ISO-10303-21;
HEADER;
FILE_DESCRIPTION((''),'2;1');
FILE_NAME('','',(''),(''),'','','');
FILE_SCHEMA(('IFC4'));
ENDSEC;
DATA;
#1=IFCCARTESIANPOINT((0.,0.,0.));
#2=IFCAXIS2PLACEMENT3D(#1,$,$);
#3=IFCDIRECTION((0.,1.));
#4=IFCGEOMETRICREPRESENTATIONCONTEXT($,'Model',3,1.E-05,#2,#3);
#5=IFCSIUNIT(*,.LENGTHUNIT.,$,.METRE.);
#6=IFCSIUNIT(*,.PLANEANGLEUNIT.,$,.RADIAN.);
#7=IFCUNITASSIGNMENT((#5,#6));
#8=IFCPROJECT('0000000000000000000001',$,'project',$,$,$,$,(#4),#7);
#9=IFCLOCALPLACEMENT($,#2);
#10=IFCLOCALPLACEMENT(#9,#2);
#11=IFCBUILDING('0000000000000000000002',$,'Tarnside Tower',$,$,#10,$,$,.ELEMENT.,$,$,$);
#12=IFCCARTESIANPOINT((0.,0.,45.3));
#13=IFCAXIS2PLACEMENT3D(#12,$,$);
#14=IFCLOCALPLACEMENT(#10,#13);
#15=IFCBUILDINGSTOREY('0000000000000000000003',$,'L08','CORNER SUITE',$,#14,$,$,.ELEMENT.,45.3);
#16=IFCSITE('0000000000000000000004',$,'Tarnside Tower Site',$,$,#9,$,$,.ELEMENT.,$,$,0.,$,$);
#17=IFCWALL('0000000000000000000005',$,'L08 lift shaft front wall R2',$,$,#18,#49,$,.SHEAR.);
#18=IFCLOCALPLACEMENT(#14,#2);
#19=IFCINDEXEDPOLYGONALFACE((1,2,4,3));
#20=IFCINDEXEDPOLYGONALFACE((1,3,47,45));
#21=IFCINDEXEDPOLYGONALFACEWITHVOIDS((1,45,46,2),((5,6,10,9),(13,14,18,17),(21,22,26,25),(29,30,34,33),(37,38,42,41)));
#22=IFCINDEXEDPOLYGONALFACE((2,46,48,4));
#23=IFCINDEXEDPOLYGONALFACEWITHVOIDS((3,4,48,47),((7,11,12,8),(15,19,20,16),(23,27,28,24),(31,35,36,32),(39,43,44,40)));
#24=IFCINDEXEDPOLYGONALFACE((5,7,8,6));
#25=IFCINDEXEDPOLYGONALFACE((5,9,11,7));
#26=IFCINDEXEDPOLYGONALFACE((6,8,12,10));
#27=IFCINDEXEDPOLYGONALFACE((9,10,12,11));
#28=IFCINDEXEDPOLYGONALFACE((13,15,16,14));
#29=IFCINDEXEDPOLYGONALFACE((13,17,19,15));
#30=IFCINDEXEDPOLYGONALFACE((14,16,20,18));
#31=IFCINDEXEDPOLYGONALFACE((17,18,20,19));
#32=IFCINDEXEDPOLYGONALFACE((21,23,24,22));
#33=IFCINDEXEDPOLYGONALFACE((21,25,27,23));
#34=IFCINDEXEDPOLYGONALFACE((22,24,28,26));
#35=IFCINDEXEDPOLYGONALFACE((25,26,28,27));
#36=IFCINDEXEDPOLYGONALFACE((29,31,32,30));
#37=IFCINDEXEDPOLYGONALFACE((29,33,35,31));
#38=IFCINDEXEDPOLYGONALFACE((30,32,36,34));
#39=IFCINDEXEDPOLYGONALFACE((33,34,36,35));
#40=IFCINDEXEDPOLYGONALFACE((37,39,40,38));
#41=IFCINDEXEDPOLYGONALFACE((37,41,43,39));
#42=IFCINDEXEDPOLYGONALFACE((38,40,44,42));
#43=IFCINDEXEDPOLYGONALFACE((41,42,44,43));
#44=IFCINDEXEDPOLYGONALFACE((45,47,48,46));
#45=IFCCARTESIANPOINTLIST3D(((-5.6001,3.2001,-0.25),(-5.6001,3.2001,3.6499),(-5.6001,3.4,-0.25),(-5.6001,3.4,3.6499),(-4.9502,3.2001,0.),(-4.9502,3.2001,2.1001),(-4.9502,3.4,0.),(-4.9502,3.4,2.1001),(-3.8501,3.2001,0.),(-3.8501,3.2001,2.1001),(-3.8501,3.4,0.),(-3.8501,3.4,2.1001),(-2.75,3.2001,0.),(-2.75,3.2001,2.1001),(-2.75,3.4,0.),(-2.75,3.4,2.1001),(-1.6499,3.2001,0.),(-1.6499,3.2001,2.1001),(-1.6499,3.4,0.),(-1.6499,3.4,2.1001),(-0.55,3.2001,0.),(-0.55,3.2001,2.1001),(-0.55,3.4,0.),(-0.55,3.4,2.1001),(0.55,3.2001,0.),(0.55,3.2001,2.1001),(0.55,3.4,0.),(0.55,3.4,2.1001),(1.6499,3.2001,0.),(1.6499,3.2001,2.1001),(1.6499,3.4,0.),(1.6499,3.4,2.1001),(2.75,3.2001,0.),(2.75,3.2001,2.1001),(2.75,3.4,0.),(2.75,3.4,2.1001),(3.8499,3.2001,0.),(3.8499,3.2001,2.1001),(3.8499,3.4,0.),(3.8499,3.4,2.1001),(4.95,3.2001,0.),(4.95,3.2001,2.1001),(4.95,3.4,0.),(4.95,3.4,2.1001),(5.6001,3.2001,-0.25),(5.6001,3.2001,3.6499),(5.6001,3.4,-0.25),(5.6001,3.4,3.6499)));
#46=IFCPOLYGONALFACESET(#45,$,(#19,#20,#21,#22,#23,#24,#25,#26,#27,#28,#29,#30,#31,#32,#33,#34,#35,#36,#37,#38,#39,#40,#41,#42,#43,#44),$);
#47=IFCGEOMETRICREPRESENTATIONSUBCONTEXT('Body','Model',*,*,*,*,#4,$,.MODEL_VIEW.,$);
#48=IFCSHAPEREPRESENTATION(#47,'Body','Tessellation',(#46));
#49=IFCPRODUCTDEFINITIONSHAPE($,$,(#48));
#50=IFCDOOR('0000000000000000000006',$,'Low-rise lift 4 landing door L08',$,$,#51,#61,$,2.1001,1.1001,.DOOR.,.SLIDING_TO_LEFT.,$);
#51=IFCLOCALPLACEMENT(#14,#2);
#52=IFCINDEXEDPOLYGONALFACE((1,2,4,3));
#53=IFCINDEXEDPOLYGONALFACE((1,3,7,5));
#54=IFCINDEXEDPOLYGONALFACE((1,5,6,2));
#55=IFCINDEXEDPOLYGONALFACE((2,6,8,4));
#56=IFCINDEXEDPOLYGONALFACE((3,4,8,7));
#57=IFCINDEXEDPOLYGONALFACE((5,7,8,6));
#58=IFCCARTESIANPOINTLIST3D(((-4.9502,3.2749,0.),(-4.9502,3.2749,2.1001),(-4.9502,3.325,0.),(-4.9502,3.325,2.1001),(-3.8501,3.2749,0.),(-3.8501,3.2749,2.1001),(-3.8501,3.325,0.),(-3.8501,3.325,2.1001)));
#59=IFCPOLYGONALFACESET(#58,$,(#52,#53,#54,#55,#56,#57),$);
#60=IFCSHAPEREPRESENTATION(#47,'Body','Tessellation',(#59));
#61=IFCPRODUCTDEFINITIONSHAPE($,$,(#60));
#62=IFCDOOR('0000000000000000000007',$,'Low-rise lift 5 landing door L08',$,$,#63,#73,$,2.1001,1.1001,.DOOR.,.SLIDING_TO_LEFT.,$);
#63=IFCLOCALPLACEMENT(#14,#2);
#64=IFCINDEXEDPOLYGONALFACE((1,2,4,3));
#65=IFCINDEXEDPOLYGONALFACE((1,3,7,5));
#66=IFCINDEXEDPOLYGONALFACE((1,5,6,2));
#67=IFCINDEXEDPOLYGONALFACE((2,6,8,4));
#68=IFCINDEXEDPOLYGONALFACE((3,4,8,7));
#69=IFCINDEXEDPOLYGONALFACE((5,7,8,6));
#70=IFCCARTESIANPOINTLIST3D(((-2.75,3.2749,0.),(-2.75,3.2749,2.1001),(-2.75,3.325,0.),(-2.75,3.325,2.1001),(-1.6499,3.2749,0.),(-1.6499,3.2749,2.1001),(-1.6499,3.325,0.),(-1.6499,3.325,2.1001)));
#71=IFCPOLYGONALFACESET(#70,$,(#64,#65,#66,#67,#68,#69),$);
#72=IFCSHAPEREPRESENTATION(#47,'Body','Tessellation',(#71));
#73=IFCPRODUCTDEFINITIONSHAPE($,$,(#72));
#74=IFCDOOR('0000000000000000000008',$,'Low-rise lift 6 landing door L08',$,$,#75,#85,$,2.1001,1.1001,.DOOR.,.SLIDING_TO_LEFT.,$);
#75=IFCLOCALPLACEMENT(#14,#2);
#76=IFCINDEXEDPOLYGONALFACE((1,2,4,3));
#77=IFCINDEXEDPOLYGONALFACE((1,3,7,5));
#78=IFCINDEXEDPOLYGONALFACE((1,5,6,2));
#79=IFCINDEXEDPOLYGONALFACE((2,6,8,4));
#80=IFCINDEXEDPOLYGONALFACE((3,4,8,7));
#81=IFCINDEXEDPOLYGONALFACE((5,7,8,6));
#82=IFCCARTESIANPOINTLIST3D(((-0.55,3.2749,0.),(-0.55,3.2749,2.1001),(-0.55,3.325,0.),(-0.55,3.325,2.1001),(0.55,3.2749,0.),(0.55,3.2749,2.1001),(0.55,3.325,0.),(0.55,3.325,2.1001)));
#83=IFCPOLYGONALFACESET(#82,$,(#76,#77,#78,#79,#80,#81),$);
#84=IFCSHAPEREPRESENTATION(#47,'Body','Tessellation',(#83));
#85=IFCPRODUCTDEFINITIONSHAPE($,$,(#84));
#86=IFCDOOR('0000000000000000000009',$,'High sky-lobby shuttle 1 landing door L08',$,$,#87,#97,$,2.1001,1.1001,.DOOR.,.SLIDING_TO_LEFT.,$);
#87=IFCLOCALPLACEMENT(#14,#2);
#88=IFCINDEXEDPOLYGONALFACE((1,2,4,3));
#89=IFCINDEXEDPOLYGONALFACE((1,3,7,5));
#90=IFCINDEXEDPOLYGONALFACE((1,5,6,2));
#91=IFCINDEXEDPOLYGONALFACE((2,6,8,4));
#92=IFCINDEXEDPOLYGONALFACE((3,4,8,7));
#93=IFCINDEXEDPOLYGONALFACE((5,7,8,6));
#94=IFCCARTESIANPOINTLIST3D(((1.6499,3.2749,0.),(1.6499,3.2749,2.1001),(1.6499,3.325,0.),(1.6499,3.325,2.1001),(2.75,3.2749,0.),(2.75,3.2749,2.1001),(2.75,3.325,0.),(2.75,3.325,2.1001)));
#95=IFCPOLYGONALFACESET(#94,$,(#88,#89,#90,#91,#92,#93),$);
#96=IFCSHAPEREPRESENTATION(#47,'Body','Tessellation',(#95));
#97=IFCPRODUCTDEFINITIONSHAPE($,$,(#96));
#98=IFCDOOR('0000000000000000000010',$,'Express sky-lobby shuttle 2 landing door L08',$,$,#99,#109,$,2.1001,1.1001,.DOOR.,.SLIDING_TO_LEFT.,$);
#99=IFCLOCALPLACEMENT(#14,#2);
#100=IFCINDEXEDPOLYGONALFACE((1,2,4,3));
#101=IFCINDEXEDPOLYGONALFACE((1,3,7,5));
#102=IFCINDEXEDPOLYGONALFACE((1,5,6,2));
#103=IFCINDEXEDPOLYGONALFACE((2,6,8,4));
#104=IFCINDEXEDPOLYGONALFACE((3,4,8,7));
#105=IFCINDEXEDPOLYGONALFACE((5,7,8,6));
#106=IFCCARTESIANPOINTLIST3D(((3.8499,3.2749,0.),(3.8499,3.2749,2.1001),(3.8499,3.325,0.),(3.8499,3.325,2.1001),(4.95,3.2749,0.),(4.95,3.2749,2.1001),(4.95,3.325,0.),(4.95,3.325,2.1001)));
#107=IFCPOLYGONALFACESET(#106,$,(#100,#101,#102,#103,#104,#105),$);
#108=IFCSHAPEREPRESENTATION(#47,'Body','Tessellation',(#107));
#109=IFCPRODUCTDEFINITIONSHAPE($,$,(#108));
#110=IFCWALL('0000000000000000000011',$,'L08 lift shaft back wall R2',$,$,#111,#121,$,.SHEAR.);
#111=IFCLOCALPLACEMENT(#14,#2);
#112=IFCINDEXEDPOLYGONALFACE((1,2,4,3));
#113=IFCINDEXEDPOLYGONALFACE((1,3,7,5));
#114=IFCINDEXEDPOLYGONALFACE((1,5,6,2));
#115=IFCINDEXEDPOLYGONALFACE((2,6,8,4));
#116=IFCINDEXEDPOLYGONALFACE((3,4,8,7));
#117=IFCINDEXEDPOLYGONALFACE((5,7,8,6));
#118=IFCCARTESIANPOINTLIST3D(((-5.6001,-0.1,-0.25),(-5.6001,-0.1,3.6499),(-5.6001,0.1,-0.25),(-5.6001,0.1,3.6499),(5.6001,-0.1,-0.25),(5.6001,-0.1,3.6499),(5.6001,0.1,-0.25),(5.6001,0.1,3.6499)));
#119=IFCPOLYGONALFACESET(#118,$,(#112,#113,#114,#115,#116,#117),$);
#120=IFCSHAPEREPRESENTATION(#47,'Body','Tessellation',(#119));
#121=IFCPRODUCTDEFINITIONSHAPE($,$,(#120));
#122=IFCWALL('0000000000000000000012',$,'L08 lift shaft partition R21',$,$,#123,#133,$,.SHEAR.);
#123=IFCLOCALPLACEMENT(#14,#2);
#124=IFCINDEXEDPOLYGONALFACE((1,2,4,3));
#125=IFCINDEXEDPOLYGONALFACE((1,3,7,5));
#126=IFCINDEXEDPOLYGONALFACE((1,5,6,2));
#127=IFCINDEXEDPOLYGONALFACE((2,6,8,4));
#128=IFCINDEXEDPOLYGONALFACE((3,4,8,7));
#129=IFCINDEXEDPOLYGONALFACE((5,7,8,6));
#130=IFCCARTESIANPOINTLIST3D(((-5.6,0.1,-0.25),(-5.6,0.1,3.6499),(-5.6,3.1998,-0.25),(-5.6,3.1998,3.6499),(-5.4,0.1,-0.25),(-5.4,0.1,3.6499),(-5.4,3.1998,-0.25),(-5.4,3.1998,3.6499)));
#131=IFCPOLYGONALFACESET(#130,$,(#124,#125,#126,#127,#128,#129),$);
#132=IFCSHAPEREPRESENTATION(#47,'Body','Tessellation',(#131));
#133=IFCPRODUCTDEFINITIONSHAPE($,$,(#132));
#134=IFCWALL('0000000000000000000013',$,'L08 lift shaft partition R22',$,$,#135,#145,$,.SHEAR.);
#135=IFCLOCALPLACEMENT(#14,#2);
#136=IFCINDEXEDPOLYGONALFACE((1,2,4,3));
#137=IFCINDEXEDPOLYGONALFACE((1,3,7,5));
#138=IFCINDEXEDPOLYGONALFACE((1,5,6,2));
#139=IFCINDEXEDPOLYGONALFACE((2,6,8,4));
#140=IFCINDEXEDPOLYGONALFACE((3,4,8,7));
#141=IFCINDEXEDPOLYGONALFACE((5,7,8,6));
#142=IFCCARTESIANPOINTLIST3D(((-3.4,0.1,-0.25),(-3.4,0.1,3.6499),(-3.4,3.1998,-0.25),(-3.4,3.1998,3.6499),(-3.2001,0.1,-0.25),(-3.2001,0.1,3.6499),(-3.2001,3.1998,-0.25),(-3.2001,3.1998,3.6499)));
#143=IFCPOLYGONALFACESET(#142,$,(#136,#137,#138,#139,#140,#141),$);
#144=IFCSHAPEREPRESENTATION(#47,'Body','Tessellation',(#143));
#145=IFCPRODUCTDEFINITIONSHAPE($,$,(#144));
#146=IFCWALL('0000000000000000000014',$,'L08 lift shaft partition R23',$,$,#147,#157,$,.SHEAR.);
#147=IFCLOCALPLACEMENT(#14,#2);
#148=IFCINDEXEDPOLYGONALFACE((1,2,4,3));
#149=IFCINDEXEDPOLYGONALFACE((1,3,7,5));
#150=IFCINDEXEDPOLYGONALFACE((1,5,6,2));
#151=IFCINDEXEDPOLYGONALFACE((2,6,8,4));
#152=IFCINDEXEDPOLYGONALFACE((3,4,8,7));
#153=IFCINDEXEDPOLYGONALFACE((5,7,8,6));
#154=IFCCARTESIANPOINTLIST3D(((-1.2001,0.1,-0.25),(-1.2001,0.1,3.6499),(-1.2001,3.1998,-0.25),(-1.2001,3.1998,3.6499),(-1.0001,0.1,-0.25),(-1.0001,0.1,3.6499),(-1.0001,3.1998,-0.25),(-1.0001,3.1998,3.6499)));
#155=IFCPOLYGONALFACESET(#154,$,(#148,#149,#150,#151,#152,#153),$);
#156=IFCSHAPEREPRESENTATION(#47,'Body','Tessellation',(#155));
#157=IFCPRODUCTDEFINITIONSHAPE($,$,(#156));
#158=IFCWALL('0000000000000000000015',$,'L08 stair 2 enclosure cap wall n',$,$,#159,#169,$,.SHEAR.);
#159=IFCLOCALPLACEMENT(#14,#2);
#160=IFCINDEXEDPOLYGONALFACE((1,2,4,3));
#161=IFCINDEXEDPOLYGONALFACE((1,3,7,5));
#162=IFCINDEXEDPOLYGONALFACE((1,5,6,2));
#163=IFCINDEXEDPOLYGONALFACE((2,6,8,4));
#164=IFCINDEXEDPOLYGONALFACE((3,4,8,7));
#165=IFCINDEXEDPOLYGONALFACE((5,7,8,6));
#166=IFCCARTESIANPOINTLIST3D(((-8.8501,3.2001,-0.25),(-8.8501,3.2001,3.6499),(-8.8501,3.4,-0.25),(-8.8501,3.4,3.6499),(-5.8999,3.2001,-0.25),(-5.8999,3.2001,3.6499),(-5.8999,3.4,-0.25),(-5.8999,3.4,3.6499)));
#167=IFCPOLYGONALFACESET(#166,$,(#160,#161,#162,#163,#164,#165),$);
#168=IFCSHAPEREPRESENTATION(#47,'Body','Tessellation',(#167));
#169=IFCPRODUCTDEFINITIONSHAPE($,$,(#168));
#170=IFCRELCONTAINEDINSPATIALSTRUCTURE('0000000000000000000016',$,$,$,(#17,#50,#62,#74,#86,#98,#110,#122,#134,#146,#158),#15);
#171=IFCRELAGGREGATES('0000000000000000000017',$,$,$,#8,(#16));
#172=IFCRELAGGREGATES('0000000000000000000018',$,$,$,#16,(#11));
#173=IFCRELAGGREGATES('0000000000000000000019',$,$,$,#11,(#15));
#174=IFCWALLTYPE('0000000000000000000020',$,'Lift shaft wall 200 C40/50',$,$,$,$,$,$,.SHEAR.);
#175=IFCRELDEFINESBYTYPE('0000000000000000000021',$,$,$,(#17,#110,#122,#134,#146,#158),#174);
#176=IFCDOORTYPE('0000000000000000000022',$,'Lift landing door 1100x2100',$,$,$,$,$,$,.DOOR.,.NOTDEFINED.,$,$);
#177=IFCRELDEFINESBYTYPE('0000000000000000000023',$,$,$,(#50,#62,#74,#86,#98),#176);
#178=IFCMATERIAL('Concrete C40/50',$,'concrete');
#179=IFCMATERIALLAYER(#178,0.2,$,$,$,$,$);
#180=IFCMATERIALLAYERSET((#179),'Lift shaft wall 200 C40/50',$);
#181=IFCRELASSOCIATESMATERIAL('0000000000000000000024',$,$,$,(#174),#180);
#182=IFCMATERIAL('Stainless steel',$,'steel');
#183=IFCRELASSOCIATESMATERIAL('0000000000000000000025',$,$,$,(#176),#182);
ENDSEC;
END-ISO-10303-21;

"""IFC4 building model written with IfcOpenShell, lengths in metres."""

from ifc_helpers import new_model, si_unit, direction, frame, frame_2d, origin, place, context, subcontext, project, spatial, rectangle, extrude, material, layer, layer_set, type_object, element, fill, save


model = new_model("IFC4")

# Units and contexts
model_context = context("Model", 3, precision=1e-05, world=origin(), true_north=direction((0.0, 1.0)))
body_context = subcontext(model_context, "Body", "Model", "MODEL_VIEW")
ifc_project = project(units=[si_unit("LENGTHUNIT", "METRE"), si_unit("PLANEANGLEUNIT", "RADIAN")], contexts=[model_context])

# Site, building, storey
site_placement = place(None, origin())
site = spatial("IfcSite", under=ifc_project, at=site_placement, Name="Tarnside Tower Site", CompositionType="ELEMENT", RefElevation=0.0)
building_placement = place(site_placement, origin())
building = spatial("IfcBuilding", under=site, at=building_placement, Name="Tarnside Tower", CompositionType="ELEMENT")
storey_placement = place(building_placement, frame((0.0, 0.0, 45.3)))
storey = spatial("IfcBuildingStorey", under=building, at=storey_placement, Name="L08", Description="CORNER SUITE", CompositionType="ELEMENT", Elevation=45.3)

# Shared definitions
ifc_material_1 = material(Name="Concrete C40/50", Category="concrete")

# Shared definitions
ifc_layer_1 = layer(ifc_material_1, 0.2)
ifc_layer_set_1 = layer_set([ifc_layer_1], Name="Lift shaft wall 200 C40/50")
wall_type = type_object("IfcWallType", Name="Lift shaft wall 200 C40/50", PredefinedType="SHEAR", material=ifc_layer_set_1)
ifc_material_2 = material(Name="Stainless steel", Category="steel")
door_type = type_object("IfcDoorType", Name="Lift landing door 1100x2100", OperationType="NOTDEFINED", PredefinedType="DOOR", material=ifc_material_2)

# Wall, openings, doors
wall_1_placement = place(storey_placement, frame((-5.6001, 3.3, -0.25), z_axis=(0.0, 0.0, 1.0), x_axis=(1.0, 0.0, 0.0)))
wall_1 = element("IfcWall", 1, at=wall_1_placement, inside=storey, type_object=wall_type, Name="L08 lift shaft front wall R2", PredefinedType="SHEAR", context=body_context, shape_type="SweptSolid", body=[
    extrude(rectangle(XDim=11.2002, YDim=0.2, at=frame_2d((5.6001, 0.0))), origin(), (0.0, 0.0, 1.0), 3.8999),
])
opening_1_placement = place(wall_1_placement, frame((0.6499, 0.0, 0.25)))
opening_1 = element("IfcOpeningElement", 2, at=opening_1_placement, cuts=wall_1, PredefinedType="OPENING", context=body_context, shape_type="SweptSolid", body=[
    extrude(rectangle(XDim=1.1001, YDim=2.1001, at=frame_2d((0.55, 1.05))), frame((0.0, 0.1099, 0.0), z_axis=(0.0, -1.0, 0.0), x_axis=(1.0, 0.0, 0.0)), (0.0, 0.0, 1.0), 0.22),
])
opening_2_placement = place(wall_1_placement, frame((2.8501, 0.0, 0.25)))
opening_2 = element("IfcOpeningElement", 3, at=opening_2_placement, cuts=wall_1, PredefinedType="OPENING", context=body_context, shape_type="SweptSolid", body=[
    extrude(rectangle(XDim=1.1001, YDim=2.1001, at=frame_2d((0.55, 1.05))), frame((0.0, 0.1099, 0.0), z_axis=(0.0, -1.0, 0.0), x_axis=(1.0, 0.0, 0.0)), (0.0, 0.0, 1.0), 0.22),
])
opening_3_placement = place(wall_1_placement, frame((5.05, 0.0, 0.25)))
opening_3 = element("IfcOpeningElement", 4, at=opening_3_placement, cuts=wall_1, PredefinedType="OPENING", context=body_context, shape_type="SweptSolid", body=[
    extrude(rectangle(XDim=1.1001, YDim=2.1001, at=frame_2d((0.55, 1.05))), frame((0.0, 0.1099, 0.0), z_axis=(0.0, -1.0, 0.0), x_axis=(1.0, 0.0, 0.0)), (0.0, 0.0, 1.0), 0.22),
])
opening_4_placement = place(wall_1_placement, frame((7.25, 0.0, 0.25)))
opening_4 = element("IfcOpeningElement", 5, at=opening_4_placement, cuts=wall_1, PredefinedType="OPENING", context=body_context, shape_type="SweptSolid", body=[
    extrude(rectangle(XDim=1.1001, YDim=2.1001, at=frame_2d((0.55, 1.05))), frame((0.0, 0.1099, 0.0), z_axis=(0.0, -1.0, 0.0), x_axis=(1.0, 0.0, 0.0)), (0.0, 0.0, 1.0), 0.22),
])
opening_5_placement = place(wall_1_placement, frame((9.45, 0.0, 0.25)))
opening_5 = element("IfcOpeningElement", 6, at=opening_5_placement, cuts=wall_1, PredefinedType="OPENING", context=body_context, shape_type="SweptSolid", body=[
    extrude(rectangle(XDim=1.1001, YDim=2.1001, at=frame_2d((0.55, 1.05))), frame((0.0, 0.1099, 0.0), z_axis=(0.0, -1.0, 0.0), x_axis=(1.0, 0.0, 0.0)), (0.0, 0.0, 1.0), 0.22),
])
door_1_placement = place(opening_1_placement, origin())
door_1 = element("IfcDoor", 7, at=door_1_placement, inside=storey, type_object=door_type, Name="Low-rise lift 4 landing door L08", OperationType="SLIDING_TO_LEFT", OverallHeight=2.1001, OverallWidth=1.1001, PredefinedType="DOOR", context=body_context, shape_type="SweptSolid", body=[
    extrude(rectangle(XDim=1.1001, YDim=2.1001, at=frame_2d((0.55, 1.05))), frame((0.0, 0.0249, 0.0), z_axis=(0.0, -1.0, 0.0), x_axis=(1.0, 0.0, 0.0)), (0.0, 0.0, 1.0), 0.05),
])
fill(opening_1, door_1)
door_2_placement = place(opening_2_placement, origin())
door_2 = element("IfcDoor", 8, at=door_2_placement, inside=storey, type_object=door_type, Name="Low-rise lift 5 landing door L08", OperationType="SLIDING_TO_LEFT", OverallHeight=2.1001, OverallWidth=1.1001, PredefinedType="DOOR", context=body_context, shape_type="SweptSolid", body=[
    extrude(rectangle(XDim=1.1001, YDim=2.1001, at=frame_2d((0.55, 1.05))), frame((0.0, 0.0249, 0.0), z_axis=(0.0, -1.0, 0.0), x_axis=(1.0, 0.0, 0.0)), (0.0, 0.0, 1.0), 0.05),
])
fill(opening_2, door_2)
door_3_placement = place(opening_3_placement, origin())
door_3 = element("IfcDoor", 9, at=door_3_placement, inside=storey, type_object=door_type, Name="Low-rise lift 6 landing door L08", OperationType="SLIDING_TO_LEFT", OverallHeight=2.1001, OverallWidth=1.1001, PredefinedType="DOOR", context=body_context, shape_type="SweptSolid", body=[
    extrude(rectangle(XDim=1.1001, YDim=2.1001, at=frame_2d((0.55, 1.05))), frame((0.0, 0.0249, 0.0), z_axis=(0.0, -1.0, 0.0), x_axis=(1.0, 0.0, 0.0)), (0.0, 0.0, 1.0), 0.05),
])
fill(opening_3, door_3)
door_4_placement = place(opening_4_placement, origin())
door_4 = element("IfcDoor", 10, at=door_4_placement, inside=storey, type_object=door_type, Name="High sky-lobby shuttle 1 landing door L08", OperationType="SLIDING_TO_LEFT", OverallHeight=2.1001, OverallWidth=1.1001, PredefinedType="DOOR", context=body_context, shape_type="SweptSolid", body=[
    extrude(rectangle(XDim=1.1001, YDim=2.1001, at=frame_2d((0.55, 1.05))), frame((0.0, 0.0249, 0.0), z_axis=(0.0, -1.0, 0.0), x_axis=(1.0, 0.0, 0.0)), (0.0, 0.0, 1.0), 0.05),
])
fill(opening_4, door_4)
door_5_placement = place(opening_5_placement, origin())
door_5 = element("IfcDoor", 11, at=door_5_placement, inside=storey, type_object=door_type, Name="Express sky-lobby shuttle 2 landing door L08", OperationType="SLIDING_TO_LEFT", OverallHeight=2.1001, OverallWidth=1.1001, PredefinedType="DOOR", context=body_context, shape_type="SweptSolid", body=[
    extrude(rectangle(XDim=1.1001, YDim=2.1001, at=frame_2d((0.55, 1.05))), frame((0.0, 0.0249, 0.0), z_axis=(0.0, -1.0, 0.0), x_axis=(1.0, 0.0, 0.0)), (0.0, 0.0, 1.0), 0.05),
])
fill(opening_5, door_5)

# Walls
wall_2_placement = place(storey_placement, frame((-5.6001, 0.0, -0.25), z_axis=(0.0, 0.0, 1.0), x_axis=(1.0, 0.0, 0.0)))
element("IfcWall", 12, at=wall_2_placement, inside=storey, type_object=wall_type, Name="L08 lift shaft back wall R2", PredefinedType="SHEAR", context=body_context, shape_type="SweptSolid", body=[
    extrude(rectangle(XDim=11.2002, YDim=0.2, at=frame_2d((5.6001, 0.0))), origin(), (0.0, 0.0, 1.0), 3.8999),
])
for number, where, z_axis, x_axis, name in (
    (13, (-5.5, 0.1001, -0.25), (0.0, 0.0, 1.0), (0.0, 1.0, 0.0), "L08 lift shaft partition R21"),
    (14, (-3.3, 0.1001, -0.25), (0.0, 0.0, 1.0), (0.0, 1.0, 0.0), "L08 lift shaft partition R22"),
    (15, (-1.1001, 0.1001, -0.25), (0.0, 0.0, 1.0), (0.0, 1.0, 0.0), "L08 lift shaft partition R23"),
):
    element("IfcWall", number, at=place(storey_placement, frame(where, z_axis=z_axis, x_axis=x_axis)), inside=storey, type_object=wall_type, Name=name, PredefinedType="SHEAR", context=body_context, shape_type="SweptSolid", body=[
        extrude(rectangle(XDim=3.0999, YDim=0.2, at=frame_2d((1.5498, 0.0))), origin(), (0.0, 0.0, 1.0), 3.8999),
    ])
wall_3_placement = place(storey_placement, frame((-8.8501, 3.3, -0.25), z_axis=(0.0, 0.0, 1.0), x_axis=(1.0, 0.0, 0.0)))
element("IfcWall", 16, at=wall_3_placement, inside=storey, type_object=wall_type, Name="L08 stair 2 enclosure cap wall n", PredefinedType="SHEAR", context=body_context, shape_type="SweptSolid", body=[
    extrude(rectangle(XDim=2.9502, YDim=0.2, at=frame_2d((1.4751, 0.0))), origin(), (0.0, 0.0, 1.0), 3.8999),
])

save(model, "model.ifc")
